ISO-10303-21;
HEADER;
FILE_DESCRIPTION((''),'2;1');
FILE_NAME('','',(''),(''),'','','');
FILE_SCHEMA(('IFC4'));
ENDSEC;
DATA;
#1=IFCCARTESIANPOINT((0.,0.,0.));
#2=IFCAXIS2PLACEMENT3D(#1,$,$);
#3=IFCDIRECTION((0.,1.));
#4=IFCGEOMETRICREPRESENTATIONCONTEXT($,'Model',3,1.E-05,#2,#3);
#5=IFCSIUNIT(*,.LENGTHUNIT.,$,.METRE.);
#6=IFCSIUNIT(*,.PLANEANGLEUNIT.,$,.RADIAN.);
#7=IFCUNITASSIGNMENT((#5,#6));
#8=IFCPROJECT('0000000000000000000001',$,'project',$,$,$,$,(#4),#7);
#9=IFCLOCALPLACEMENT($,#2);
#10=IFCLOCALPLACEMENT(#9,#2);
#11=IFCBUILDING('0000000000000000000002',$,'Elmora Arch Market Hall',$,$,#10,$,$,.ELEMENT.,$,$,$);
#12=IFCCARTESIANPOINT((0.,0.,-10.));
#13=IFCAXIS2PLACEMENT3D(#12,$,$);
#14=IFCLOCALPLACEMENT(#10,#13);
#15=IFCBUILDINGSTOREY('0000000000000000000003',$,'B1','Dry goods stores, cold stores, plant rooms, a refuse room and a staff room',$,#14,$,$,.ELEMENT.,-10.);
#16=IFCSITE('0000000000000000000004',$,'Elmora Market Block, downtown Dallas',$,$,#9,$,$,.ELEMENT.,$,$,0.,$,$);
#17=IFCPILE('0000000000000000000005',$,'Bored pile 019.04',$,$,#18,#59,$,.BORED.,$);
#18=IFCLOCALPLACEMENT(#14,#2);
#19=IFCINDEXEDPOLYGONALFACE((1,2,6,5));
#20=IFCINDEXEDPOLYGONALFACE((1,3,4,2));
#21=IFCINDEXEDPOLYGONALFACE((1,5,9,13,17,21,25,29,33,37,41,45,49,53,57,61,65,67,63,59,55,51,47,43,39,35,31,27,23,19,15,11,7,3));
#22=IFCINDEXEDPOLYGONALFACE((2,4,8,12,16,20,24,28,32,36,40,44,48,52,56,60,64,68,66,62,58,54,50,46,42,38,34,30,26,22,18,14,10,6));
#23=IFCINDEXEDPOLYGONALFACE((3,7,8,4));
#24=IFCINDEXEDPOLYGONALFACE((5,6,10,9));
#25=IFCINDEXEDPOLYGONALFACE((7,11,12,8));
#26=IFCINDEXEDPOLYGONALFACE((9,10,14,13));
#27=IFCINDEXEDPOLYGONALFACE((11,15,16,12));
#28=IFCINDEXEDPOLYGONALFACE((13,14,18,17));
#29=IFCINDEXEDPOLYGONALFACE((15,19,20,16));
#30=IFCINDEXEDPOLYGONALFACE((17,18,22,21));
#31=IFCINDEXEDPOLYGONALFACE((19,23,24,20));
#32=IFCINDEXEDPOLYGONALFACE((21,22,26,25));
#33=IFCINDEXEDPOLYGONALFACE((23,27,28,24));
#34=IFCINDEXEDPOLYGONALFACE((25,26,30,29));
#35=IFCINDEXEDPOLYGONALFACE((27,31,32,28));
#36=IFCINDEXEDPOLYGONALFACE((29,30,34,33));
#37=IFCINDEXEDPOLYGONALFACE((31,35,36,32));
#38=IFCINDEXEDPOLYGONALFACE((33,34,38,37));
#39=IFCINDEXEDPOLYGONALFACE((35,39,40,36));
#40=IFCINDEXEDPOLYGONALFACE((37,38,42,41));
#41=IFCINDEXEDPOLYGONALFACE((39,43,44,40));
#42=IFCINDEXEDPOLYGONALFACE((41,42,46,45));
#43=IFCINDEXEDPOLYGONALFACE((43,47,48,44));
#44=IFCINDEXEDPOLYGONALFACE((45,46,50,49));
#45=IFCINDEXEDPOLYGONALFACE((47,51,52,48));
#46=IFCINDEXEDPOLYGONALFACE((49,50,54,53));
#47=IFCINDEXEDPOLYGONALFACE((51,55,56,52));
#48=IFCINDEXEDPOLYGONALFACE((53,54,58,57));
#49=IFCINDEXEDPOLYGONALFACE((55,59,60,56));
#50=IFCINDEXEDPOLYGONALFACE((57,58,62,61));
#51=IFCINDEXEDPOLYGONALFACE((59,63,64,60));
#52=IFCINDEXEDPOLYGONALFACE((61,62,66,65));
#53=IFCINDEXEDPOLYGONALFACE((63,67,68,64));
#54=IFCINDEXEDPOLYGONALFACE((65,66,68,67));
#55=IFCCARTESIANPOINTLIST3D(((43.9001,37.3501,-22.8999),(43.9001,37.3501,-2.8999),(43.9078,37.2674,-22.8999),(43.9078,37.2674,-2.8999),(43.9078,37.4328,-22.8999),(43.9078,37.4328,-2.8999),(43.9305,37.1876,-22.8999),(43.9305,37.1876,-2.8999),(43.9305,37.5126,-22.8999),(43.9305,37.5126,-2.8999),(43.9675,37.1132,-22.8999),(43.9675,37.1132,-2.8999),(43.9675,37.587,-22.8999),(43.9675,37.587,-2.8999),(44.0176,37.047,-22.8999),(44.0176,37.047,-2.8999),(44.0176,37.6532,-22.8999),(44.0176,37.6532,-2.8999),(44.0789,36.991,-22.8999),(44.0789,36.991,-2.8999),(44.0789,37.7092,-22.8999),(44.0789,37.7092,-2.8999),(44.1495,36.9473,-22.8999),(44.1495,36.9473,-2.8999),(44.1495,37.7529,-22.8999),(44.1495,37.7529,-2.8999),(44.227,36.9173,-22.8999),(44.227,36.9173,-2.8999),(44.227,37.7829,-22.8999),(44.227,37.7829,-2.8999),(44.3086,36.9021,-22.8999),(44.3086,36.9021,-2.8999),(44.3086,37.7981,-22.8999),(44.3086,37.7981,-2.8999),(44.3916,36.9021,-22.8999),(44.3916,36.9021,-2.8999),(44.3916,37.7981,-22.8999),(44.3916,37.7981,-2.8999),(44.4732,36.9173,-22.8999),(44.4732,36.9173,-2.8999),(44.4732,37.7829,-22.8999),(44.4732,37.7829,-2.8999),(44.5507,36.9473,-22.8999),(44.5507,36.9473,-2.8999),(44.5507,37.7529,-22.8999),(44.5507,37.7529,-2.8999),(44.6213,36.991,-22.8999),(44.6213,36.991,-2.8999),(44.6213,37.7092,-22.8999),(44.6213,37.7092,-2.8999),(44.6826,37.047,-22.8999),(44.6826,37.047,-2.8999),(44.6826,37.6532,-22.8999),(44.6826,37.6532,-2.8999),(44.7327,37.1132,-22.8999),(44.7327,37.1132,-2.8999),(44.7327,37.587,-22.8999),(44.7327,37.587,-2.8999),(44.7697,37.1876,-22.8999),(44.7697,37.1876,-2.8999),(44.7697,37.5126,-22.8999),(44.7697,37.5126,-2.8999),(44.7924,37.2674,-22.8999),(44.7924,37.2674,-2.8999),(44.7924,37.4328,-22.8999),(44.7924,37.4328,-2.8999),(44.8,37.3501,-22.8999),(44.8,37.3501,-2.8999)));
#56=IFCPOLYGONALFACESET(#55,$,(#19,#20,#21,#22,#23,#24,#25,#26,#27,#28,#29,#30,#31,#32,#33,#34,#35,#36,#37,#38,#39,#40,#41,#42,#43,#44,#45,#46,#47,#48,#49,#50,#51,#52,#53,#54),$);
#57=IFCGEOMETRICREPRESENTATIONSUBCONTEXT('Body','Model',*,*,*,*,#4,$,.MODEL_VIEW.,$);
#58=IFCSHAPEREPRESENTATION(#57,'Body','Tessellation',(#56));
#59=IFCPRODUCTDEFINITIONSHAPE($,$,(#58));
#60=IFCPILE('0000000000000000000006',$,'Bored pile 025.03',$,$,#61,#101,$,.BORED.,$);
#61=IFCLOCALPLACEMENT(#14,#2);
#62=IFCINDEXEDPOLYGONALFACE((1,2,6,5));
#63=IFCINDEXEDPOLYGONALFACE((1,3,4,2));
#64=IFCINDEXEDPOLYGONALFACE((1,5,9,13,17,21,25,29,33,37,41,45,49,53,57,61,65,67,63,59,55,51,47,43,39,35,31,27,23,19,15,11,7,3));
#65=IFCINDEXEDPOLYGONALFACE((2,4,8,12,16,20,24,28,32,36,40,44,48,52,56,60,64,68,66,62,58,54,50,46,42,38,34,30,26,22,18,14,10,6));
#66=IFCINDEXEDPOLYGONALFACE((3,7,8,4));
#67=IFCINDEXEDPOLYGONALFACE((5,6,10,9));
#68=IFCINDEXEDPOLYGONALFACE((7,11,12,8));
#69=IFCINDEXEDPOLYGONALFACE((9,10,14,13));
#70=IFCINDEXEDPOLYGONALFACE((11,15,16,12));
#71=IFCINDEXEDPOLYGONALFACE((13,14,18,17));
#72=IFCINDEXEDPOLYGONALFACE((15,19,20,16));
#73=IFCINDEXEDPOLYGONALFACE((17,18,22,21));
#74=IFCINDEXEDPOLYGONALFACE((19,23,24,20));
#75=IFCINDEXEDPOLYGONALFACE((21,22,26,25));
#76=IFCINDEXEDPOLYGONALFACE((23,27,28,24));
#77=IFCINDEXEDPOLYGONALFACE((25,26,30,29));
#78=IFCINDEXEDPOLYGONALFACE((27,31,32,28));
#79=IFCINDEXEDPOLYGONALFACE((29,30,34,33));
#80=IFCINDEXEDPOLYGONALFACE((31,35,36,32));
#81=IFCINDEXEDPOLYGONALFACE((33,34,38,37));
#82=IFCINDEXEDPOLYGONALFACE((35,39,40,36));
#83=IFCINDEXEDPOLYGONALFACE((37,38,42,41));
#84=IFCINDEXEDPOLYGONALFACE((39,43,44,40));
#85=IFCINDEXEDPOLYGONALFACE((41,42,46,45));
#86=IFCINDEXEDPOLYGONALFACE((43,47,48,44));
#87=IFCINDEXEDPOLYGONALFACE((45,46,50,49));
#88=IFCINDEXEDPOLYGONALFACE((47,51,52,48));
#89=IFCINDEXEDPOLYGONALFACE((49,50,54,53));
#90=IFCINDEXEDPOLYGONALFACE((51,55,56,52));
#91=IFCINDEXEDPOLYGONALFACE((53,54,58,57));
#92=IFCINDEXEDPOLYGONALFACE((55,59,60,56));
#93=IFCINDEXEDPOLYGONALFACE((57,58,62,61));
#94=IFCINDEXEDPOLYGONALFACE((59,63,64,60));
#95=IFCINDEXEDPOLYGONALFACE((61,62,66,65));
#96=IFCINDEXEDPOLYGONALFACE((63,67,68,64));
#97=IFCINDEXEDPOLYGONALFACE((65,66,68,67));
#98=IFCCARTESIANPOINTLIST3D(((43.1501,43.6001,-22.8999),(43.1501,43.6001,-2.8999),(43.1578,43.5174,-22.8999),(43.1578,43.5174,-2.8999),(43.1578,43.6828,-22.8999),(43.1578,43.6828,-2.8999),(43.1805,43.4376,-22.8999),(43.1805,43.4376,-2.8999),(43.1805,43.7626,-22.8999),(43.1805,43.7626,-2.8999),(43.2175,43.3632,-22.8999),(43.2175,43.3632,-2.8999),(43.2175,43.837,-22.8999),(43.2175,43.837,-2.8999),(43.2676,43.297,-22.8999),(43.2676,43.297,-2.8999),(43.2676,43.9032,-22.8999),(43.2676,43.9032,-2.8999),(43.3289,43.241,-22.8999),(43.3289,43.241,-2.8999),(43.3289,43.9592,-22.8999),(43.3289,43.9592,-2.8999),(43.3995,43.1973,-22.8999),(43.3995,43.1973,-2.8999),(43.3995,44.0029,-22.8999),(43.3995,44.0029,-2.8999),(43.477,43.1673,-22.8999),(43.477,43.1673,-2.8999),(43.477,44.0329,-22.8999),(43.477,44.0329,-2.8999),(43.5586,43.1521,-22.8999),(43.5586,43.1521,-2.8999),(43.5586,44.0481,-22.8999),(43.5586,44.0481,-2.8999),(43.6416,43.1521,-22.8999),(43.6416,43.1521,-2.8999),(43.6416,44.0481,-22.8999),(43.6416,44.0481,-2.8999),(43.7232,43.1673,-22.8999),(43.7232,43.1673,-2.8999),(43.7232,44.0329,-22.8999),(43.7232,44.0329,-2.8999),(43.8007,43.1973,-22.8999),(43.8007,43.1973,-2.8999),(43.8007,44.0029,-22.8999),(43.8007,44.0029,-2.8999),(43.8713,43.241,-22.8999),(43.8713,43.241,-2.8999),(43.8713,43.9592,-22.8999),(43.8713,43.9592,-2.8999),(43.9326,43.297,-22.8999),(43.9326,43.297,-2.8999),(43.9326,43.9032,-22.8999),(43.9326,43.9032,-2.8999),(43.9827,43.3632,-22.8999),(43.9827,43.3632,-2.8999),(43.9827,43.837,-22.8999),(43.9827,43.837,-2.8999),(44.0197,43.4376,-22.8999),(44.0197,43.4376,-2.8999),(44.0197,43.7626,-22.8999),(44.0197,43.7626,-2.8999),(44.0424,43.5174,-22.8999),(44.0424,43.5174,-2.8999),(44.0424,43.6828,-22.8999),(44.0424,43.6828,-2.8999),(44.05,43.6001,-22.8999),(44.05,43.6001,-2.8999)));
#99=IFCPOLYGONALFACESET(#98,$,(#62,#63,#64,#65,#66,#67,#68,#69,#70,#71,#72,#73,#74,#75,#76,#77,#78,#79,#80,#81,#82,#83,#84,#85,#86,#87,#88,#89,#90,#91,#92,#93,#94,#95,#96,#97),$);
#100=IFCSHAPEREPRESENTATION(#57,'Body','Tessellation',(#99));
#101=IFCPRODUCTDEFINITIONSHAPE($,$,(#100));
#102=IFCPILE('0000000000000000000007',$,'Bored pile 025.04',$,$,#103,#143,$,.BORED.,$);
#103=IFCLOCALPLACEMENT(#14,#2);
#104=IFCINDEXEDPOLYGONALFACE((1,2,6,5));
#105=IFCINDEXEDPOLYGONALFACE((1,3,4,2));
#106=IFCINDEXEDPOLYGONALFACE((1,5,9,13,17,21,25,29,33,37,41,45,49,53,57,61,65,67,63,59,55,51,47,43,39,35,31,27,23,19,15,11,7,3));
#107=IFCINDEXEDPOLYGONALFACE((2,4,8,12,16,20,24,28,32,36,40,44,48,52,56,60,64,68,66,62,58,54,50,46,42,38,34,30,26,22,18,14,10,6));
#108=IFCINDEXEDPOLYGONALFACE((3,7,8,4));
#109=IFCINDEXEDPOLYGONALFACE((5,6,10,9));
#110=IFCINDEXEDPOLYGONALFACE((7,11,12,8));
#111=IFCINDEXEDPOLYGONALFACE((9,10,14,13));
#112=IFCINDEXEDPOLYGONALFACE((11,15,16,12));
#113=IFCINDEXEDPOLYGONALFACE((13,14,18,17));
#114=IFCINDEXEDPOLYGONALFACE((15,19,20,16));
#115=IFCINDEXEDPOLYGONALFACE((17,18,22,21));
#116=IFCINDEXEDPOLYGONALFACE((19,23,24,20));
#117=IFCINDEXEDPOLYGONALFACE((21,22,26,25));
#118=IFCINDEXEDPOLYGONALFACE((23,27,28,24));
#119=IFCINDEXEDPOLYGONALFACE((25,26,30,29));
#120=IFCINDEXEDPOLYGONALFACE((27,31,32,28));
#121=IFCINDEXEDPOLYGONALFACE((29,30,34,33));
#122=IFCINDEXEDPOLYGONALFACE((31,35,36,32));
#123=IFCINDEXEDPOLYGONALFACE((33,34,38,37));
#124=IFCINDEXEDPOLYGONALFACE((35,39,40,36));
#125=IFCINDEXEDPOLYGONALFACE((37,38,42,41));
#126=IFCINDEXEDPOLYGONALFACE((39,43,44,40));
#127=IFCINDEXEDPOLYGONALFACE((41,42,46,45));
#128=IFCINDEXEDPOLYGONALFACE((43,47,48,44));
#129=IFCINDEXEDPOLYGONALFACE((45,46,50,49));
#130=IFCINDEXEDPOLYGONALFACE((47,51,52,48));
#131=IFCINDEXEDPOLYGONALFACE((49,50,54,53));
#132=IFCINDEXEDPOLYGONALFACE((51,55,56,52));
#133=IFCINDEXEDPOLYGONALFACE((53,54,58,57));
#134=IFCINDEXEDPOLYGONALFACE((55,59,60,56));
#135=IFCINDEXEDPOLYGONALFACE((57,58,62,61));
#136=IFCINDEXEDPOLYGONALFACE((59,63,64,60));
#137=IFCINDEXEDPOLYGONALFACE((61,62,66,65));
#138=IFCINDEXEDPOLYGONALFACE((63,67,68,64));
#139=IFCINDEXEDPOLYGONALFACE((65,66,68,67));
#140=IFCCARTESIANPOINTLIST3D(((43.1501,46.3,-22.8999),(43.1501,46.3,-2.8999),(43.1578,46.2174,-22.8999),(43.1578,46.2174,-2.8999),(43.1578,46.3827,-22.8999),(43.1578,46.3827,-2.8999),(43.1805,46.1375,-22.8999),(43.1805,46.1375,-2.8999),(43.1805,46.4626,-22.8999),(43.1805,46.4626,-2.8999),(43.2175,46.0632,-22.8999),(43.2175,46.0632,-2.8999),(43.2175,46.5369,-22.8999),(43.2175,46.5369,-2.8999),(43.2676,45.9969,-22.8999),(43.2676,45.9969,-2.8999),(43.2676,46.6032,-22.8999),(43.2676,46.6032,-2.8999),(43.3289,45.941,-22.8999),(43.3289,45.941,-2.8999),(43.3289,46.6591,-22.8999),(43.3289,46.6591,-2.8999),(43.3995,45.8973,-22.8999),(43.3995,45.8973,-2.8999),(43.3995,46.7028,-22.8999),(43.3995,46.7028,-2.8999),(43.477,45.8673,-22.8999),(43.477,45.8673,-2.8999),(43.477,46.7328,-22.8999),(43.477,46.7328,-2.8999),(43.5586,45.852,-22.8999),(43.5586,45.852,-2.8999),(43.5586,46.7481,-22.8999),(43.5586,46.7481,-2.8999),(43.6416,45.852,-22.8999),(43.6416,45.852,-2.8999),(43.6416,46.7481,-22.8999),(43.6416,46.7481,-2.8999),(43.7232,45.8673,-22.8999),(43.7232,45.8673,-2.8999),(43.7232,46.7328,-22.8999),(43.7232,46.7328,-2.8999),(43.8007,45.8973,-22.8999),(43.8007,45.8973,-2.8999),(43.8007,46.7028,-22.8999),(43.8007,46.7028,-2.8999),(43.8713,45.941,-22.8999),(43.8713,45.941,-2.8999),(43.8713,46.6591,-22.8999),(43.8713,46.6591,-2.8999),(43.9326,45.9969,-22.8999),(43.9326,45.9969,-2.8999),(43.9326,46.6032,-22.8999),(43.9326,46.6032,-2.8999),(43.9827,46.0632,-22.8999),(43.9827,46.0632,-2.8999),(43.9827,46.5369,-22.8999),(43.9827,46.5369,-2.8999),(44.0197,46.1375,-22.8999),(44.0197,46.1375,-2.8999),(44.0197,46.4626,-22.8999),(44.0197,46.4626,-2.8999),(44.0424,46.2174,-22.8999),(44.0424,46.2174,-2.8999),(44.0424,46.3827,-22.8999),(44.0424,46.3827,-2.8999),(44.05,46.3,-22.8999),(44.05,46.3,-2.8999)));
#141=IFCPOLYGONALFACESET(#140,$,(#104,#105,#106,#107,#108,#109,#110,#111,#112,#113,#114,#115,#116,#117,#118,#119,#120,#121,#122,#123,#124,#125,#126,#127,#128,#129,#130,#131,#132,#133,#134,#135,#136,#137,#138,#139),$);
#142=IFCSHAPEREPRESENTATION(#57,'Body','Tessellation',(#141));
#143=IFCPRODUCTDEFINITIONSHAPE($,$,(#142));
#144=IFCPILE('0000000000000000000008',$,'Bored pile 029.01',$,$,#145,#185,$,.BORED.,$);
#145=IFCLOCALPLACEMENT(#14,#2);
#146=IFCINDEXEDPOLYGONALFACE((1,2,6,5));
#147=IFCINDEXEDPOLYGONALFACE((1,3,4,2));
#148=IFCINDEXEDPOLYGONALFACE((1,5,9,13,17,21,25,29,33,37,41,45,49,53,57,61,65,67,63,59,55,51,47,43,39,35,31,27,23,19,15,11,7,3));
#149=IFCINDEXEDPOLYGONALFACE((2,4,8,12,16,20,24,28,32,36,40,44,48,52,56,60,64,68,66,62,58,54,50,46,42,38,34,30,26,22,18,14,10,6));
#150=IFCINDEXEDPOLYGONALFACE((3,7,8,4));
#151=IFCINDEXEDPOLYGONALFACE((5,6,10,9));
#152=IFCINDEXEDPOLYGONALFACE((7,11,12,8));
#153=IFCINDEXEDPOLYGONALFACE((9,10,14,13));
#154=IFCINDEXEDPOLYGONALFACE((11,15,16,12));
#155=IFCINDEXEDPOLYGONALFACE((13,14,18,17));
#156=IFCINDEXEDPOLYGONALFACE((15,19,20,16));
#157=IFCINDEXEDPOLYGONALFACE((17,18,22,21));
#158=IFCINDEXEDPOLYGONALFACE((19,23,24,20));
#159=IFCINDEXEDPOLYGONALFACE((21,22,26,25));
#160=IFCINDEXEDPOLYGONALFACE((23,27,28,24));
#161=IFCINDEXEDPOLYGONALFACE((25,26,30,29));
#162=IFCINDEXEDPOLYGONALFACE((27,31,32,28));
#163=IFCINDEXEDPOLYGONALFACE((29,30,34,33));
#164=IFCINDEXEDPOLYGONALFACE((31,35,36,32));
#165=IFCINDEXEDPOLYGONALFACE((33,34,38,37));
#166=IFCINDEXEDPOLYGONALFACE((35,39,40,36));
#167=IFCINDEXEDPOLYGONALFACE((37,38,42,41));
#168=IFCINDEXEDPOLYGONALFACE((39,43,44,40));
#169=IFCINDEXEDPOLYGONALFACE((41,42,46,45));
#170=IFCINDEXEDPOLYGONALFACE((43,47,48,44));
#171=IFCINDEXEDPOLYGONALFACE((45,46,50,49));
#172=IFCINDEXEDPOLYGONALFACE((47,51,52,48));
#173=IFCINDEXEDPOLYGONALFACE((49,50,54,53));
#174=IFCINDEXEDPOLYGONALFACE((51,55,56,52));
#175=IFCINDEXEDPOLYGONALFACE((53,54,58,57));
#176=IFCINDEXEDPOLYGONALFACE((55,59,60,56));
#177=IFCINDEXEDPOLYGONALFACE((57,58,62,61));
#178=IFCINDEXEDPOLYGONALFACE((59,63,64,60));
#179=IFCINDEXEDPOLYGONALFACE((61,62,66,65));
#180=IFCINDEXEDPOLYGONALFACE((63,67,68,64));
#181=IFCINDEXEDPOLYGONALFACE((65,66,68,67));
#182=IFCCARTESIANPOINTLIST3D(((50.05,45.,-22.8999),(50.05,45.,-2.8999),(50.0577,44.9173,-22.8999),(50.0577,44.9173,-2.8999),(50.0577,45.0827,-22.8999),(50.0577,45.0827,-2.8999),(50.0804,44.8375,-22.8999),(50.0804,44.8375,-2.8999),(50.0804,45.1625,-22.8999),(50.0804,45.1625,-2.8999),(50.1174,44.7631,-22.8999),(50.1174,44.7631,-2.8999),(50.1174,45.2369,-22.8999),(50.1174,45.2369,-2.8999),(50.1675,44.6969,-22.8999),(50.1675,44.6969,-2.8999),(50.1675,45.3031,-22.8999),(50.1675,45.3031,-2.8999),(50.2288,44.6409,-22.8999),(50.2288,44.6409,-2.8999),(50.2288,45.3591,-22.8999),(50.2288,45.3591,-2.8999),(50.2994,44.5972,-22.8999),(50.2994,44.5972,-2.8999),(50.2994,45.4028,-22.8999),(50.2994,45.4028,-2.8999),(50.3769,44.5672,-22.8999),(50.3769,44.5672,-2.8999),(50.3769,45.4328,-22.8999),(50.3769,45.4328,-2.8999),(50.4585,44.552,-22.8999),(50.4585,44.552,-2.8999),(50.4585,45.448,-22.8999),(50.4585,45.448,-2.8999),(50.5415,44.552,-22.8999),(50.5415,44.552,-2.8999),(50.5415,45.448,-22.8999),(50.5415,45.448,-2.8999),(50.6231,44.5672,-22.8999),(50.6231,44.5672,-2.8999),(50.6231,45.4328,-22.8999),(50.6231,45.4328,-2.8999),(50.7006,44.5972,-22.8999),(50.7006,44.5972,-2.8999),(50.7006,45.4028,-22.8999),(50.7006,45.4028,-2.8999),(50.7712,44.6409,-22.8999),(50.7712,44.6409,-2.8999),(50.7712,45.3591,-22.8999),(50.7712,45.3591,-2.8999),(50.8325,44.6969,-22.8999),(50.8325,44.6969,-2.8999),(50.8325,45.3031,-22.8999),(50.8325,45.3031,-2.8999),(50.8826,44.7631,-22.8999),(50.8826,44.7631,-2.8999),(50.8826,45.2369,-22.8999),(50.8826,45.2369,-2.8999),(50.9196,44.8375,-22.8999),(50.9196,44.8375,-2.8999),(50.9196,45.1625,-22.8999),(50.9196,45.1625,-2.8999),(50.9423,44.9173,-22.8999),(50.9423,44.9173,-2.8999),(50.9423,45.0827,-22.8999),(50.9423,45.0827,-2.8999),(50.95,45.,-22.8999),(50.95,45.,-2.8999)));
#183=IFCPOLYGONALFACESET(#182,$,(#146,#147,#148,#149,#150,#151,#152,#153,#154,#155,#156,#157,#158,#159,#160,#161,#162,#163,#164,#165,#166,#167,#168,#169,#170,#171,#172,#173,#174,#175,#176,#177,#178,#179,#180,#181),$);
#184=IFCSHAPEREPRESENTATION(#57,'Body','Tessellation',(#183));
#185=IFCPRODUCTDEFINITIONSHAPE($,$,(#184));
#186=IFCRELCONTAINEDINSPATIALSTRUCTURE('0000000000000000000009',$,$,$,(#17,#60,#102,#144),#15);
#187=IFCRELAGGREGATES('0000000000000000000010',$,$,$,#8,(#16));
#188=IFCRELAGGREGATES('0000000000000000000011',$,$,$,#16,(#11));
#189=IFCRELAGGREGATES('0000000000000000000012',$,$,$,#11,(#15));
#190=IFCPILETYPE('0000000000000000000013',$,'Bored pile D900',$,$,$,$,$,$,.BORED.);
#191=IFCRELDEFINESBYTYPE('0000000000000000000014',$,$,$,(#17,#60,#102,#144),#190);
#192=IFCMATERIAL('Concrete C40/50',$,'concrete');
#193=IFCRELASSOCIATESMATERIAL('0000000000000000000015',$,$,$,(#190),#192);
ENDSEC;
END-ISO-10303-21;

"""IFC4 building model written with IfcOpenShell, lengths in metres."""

from ifc_helpers import new_model, si_unit, direction, frame, origin, origin_2d, place, context, subcontext, project, spatial, circle, extrude, material, material_profile, profile_set, type_object, element, save


model = new_model("IFC4")

# Units and contexts
model_context = context("Model", 3, precision=1e-05, world=origin(), true_north=direction((0.0, 1.0)))
body_context = subcontext(model_context, "Body", "Model", "MODEL_VIEW")
ifc_project = project(units=[si_unit("LENGTHUNIT", "METRE"), si_unit("PLANEANGLEUNIT", "RADIAN")], contexts=[model_context])

# Site, building, storey
site_placement = place(None, origin())
site = spatial("IfcSite", under=ifc_project, at=site_placement, Name="Elmora Market Block, downtown Dallas", CompositionType="ELEMENT", RefElevation=0.0)
building_placement = place(site_placement, origin())
building = spatial("IfcBuilding", under=site, at=building_placement, Name="Elmora Arch Market Hall", CompositionType="ELEMENT")
storey_placement = place(building_placement, frame((0.0, 0.0, -10.0)))
storey = spatial("IfcBuildingStorey", under=building, at=storey_placement, Name="B1", Description="Dry goods stores, cold stores, plant rooms, a refuse room and a staff room", CompositionType="ELEMENT", Elevation=-10.0)

# Piles
ifc_material_1 = material(Name="Concrete C40/50", Category="concrete")
ifc_material_profile_1 = material_profile(ifc_material_1, circle(Radius=0.45, at=origin_2d()), Name="Bored pile D900")
ifc_profile_set_1 = profile_set([ifc_material_profile_1], Name="Concrete C40/50")
pile_type = type_object("IfcPileType", Name="Bored pile D900", PredefinedType="BORED", material=ifc_profile_set_1)
for number, where, z_axis, x_axis, name in (
    (1, (44.3501, 37.3501, -2.8999), (0.0, 0.0, -1.0), (1.0, 0.0, 0.0), "Bored pile 019.04"),
    (2, (43.6001, 43.6001, -2.8999), (0.0, 0.0, -1.0), (1.0, 0.0, 0.0), "Bored pile 025.03"),
    (3, (43.6001, 46.3, -2.8999), (0.0, 0.0, -1.0), (1.0, 0.0, 0.0), "Bored pile 025.04"),
    (4, (50.5, 45.0, -2.8999), (0.0, 0.0, -1.0), (1.0, 0.0, 0.0), "Bored pile 029.01"),
):
    element("IfcPile", number, at=place(storey_placement, frame(where, z_axis=z_axis, x_axis=x_axis)), inside=storey, type_object=pile_type, Name=name, PredefinedType="BORED", context=body_context, shape_type="SweptSolid", body=[
        extrude(circle(Radius=0.45, at=origin_2d()), origin(), (0.0, 0.0, 1.0), 20.0),
    ])

save(model, "model.ifc")
